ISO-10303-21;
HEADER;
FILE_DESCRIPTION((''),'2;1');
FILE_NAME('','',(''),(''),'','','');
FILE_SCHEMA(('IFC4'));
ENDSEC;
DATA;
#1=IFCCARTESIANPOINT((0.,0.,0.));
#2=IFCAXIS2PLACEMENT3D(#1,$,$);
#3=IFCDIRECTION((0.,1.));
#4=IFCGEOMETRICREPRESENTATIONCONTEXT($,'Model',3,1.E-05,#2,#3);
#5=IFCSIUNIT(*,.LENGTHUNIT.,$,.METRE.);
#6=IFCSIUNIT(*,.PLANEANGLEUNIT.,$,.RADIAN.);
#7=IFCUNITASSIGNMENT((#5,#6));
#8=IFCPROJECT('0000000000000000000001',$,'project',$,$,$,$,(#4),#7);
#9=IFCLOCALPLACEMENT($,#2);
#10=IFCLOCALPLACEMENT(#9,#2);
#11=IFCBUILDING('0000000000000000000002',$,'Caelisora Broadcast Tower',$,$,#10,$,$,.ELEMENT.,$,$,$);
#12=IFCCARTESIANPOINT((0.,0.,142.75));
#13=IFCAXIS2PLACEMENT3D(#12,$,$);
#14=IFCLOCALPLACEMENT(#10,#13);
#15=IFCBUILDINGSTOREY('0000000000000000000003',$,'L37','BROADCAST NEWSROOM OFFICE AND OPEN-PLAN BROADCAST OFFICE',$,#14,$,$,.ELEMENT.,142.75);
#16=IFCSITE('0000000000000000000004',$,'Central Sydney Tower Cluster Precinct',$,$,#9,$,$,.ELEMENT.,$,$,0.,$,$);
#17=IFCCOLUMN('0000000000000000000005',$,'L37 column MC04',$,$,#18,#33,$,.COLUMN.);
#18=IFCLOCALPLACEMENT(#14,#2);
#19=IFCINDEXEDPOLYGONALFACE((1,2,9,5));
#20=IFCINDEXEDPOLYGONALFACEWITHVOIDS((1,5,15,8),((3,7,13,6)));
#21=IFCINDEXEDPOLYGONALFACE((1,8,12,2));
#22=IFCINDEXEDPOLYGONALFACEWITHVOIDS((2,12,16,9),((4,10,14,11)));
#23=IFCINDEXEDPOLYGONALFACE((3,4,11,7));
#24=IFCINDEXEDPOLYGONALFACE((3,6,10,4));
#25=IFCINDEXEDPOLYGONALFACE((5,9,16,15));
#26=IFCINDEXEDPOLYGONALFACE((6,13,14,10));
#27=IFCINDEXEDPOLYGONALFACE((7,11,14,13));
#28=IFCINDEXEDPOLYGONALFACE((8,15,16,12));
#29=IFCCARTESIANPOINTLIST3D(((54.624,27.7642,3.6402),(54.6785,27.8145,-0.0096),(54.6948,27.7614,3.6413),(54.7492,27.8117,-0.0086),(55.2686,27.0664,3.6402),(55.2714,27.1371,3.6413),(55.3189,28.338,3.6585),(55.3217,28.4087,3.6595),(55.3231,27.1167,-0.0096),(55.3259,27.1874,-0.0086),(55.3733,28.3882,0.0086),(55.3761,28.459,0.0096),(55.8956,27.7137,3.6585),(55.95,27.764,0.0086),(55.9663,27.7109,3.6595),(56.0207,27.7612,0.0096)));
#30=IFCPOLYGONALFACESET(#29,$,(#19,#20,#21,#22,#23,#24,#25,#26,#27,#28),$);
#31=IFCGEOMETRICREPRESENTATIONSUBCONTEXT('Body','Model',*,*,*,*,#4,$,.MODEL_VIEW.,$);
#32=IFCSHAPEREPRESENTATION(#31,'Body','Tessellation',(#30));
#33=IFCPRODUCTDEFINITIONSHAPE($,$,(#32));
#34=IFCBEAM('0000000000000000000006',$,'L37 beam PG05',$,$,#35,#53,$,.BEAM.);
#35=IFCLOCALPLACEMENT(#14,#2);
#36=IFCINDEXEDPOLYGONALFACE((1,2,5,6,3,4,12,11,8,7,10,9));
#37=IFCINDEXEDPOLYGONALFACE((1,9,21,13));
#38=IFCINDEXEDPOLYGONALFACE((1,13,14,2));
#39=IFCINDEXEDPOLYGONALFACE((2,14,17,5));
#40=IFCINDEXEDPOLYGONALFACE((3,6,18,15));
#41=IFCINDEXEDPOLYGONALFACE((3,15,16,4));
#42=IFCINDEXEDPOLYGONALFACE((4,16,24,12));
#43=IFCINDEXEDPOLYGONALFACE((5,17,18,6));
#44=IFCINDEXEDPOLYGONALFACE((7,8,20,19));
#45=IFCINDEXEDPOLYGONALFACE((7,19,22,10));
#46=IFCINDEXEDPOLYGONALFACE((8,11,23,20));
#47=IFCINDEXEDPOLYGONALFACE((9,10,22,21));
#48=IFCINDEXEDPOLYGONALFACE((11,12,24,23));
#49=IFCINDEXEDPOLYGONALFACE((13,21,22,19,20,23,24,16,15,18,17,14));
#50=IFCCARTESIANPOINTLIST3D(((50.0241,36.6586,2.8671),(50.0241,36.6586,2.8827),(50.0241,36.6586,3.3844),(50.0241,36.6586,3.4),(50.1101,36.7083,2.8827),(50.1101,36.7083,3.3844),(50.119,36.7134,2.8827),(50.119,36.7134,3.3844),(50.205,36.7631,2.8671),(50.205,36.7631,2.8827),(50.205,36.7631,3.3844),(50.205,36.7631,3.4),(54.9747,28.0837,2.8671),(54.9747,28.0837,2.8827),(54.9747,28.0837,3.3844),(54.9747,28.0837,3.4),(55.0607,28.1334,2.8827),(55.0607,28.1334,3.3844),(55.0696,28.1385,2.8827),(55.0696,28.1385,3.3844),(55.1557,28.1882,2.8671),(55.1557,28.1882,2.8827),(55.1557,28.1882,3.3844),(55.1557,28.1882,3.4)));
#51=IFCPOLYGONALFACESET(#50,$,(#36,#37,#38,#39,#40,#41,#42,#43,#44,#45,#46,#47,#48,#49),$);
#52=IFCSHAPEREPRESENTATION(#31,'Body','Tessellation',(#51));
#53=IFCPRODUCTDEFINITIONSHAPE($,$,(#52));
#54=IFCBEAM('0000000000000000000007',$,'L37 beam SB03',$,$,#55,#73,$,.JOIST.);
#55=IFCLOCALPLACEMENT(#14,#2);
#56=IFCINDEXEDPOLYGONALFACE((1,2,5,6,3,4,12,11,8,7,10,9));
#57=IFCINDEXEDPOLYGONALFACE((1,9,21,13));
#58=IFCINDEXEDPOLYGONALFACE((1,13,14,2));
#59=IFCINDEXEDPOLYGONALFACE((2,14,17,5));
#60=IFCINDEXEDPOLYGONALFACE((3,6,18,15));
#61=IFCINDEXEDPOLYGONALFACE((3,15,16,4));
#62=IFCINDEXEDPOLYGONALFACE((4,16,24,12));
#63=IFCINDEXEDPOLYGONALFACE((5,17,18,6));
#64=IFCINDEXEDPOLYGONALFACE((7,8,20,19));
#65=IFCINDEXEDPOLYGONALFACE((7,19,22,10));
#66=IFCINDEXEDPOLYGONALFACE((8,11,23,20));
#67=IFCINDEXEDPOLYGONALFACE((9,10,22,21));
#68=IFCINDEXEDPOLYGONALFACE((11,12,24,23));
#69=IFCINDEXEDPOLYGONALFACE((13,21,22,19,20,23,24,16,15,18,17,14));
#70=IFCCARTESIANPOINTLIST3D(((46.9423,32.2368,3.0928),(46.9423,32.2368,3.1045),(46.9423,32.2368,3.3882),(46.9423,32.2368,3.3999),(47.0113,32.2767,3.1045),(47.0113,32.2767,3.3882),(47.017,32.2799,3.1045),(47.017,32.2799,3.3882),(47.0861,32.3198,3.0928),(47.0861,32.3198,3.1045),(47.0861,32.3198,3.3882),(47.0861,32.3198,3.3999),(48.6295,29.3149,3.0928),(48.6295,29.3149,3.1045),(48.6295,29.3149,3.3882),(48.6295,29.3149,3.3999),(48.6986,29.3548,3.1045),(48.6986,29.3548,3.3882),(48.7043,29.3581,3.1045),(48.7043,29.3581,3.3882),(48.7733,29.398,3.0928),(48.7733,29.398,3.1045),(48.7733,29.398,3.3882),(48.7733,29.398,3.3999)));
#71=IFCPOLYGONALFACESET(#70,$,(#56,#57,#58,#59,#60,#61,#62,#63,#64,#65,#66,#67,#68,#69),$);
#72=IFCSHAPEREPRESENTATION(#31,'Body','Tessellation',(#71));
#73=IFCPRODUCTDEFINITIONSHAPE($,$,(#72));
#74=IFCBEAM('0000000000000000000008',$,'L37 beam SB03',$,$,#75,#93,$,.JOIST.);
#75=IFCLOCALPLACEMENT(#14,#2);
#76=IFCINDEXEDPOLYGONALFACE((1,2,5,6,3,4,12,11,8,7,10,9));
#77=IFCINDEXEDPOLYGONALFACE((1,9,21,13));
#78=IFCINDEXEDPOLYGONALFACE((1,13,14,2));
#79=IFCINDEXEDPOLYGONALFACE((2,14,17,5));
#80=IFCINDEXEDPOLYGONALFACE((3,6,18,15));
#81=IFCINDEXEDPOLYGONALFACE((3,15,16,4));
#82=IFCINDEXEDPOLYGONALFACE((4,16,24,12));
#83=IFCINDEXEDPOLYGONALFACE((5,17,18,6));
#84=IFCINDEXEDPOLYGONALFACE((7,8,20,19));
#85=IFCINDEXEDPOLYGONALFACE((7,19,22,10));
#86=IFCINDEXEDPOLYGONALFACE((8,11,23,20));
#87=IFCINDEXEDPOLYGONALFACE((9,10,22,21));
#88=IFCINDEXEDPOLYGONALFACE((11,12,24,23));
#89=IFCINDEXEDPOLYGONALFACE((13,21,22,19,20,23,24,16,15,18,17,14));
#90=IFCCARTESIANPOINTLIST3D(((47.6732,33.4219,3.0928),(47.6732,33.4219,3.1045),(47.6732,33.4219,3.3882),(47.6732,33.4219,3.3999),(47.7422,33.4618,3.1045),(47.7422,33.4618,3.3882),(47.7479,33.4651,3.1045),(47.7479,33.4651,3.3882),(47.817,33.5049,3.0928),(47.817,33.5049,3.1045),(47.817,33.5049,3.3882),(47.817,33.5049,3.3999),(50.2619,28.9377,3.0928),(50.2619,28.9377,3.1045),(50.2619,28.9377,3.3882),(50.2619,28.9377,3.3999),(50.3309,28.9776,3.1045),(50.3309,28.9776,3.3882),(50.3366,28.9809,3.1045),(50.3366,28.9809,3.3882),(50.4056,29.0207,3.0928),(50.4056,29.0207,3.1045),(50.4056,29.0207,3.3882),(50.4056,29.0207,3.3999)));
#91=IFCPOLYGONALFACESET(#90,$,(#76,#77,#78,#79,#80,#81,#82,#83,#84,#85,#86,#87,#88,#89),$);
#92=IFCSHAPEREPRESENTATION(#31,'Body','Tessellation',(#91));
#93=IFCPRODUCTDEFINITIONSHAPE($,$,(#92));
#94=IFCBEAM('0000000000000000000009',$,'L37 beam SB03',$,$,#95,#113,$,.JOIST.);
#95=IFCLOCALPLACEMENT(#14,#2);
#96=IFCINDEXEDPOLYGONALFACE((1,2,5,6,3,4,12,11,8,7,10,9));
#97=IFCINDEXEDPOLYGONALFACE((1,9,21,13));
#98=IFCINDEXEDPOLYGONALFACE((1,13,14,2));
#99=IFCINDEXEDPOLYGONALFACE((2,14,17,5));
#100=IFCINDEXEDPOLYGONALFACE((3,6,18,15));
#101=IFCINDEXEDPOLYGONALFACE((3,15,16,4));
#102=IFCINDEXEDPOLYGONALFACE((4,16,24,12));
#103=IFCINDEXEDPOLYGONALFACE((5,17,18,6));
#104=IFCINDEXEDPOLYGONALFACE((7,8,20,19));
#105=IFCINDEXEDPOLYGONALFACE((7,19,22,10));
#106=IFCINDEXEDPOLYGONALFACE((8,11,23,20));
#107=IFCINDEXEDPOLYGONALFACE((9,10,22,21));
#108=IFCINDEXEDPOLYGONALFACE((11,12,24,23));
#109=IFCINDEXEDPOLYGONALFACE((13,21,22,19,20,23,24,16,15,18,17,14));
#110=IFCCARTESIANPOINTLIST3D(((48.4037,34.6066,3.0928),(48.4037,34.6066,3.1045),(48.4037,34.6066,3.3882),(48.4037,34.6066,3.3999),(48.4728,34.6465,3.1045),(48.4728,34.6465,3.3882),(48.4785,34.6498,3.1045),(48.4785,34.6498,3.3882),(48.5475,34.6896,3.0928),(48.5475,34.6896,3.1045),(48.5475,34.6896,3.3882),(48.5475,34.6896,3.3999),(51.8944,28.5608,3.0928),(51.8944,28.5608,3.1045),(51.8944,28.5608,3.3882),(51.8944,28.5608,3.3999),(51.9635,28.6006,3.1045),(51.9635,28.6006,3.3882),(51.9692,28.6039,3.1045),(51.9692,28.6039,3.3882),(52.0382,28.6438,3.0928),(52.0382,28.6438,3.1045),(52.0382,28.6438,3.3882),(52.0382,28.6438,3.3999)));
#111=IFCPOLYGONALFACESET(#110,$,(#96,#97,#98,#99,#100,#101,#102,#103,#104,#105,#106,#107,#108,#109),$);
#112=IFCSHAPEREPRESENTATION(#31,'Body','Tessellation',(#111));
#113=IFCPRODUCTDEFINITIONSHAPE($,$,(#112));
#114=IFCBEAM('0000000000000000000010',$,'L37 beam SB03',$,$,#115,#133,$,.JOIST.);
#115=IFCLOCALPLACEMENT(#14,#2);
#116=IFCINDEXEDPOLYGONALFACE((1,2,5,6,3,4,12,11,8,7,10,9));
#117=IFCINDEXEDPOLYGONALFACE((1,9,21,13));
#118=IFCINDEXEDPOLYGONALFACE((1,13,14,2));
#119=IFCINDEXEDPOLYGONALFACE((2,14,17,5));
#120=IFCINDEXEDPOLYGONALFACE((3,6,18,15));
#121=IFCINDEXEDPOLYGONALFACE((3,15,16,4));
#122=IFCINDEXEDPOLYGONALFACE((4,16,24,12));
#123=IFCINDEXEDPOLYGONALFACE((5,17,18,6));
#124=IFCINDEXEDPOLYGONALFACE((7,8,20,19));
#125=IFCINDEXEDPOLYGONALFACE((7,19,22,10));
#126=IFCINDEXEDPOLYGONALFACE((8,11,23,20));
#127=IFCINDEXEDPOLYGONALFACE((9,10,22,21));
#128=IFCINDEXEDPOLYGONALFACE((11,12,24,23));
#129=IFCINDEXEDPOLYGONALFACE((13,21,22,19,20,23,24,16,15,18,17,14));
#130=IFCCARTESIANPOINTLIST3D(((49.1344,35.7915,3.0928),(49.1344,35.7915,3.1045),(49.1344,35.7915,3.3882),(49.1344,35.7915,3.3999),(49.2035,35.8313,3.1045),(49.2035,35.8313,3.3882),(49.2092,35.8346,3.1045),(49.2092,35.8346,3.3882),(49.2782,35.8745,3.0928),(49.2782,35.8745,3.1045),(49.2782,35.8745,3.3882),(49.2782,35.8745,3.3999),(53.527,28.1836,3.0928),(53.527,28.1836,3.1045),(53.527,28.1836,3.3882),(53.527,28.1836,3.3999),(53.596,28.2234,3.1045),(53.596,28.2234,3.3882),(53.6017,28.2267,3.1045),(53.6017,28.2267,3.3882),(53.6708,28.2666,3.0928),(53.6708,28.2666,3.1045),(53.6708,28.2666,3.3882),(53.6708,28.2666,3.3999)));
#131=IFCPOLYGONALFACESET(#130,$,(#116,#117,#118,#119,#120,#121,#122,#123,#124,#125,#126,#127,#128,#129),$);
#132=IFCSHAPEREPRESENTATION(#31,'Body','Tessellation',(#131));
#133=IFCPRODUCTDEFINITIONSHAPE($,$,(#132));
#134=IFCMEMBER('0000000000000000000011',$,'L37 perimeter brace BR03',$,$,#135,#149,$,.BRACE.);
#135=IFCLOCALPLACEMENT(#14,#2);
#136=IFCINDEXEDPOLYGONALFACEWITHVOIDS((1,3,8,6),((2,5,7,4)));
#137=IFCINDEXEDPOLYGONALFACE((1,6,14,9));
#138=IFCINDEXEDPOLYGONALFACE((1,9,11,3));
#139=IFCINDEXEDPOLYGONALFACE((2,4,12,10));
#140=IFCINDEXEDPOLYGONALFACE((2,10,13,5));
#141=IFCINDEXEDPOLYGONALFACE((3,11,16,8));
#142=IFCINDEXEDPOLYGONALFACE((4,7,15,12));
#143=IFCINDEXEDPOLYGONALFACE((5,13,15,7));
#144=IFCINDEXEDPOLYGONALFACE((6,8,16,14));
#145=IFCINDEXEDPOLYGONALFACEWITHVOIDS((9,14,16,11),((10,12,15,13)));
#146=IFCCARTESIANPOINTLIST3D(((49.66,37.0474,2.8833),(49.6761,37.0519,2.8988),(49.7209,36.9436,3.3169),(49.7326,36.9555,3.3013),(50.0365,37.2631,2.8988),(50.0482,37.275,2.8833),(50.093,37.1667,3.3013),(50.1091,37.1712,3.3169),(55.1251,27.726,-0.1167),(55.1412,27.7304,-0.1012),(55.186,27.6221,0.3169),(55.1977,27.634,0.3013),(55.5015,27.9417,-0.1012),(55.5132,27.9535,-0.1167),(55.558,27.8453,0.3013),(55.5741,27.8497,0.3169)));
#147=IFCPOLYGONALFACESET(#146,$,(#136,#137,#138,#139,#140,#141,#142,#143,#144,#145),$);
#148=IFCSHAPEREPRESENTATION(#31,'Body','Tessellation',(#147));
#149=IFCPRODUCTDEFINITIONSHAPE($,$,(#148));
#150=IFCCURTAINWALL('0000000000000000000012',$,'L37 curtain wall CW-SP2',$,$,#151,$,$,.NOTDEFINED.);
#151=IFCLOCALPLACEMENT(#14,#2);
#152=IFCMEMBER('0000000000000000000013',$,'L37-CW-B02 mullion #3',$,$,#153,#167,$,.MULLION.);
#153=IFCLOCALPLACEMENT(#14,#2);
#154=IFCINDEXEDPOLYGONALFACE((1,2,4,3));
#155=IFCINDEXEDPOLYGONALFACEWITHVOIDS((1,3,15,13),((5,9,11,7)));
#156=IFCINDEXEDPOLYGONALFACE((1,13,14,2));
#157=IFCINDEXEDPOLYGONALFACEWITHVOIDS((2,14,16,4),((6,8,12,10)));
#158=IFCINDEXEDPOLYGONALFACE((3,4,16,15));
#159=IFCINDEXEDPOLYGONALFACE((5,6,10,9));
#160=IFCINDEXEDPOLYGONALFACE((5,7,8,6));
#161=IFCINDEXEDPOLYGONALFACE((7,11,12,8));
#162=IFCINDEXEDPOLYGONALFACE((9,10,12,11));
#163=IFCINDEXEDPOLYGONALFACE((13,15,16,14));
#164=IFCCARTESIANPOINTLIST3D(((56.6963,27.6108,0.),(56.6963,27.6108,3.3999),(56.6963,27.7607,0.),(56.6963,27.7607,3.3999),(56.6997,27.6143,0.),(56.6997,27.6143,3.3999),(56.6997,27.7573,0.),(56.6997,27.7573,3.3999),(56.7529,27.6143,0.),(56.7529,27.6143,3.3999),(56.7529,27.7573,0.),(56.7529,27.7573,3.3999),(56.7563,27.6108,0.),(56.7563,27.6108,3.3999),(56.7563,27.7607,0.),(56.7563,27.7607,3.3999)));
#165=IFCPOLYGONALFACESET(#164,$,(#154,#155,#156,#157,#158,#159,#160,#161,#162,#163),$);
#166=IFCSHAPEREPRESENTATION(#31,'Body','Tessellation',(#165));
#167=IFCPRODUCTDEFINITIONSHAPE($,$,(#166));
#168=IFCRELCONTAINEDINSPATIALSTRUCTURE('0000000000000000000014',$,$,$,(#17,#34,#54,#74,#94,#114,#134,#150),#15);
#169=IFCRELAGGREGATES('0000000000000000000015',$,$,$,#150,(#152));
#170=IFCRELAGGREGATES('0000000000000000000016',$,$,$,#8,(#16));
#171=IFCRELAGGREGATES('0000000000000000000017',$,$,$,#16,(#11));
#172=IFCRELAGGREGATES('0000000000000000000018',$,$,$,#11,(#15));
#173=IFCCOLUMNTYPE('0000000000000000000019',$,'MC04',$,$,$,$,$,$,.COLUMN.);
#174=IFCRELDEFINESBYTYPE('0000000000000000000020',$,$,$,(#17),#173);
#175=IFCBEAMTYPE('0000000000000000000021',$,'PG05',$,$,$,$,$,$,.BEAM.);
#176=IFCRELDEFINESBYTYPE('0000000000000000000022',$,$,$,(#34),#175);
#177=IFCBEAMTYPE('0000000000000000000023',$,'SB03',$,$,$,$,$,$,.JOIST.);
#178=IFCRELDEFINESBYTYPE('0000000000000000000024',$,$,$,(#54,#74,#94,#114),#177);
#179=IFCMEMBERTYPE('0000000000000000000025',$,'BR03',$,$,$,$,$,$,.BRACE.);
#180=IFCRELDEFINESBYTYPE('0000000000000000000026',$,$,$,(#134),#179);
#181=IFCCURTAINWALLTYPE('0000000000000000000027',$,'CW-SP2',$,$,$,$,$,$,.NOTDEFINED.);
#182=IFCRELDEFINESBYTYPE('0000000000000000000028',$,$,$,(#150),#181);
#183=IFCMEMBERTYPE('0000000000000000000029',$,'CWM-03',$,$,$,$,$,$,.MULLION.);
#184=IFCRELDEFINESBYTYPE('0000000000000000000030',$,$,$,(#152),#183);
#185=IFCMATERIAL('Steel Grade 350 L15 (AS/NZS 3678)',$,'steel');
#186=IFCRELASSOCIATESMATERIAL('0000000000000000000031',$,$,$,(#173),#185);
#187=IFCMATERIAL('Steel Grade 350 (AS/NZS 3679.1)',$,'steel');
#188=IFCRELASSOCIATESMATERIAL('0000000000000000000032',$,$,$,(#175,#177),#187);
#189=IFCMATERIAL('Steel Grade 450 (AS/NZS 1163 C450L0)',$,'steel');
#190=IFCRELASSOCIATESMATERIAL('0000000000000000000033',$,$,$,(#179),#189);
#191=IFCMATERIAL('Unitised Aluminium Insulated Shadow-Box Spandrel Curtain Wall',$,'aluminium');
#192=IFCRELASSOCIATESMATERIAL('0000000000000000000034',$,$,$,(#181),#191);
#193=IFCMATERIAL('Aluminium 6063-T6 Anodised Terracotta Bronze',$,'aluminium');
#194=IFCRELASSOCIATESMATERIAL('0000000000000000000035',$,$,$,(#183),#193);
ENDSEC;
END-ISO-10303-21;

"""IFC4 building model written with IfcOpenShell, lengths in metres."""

from ifc_helpers import new_model, si_unit, direction, frame, origin, origin_2d, place, context, subcontext, project, spatial, hollow_rectangle, i_section, extrude, source, transform, mapped, material, material_profile, profile_set, type_object, type_shapes, element, aggregate, save


model = new_model("IFC4")

# Units and contexts
model_context = context("Model", 3, precision=1e-05, world=origin(), true_north=direction((0.0, 1.0)))
body_context = subcontext(model_context, "Body", "Model", "MODEL_VIEW")
ifc_project = project(units=[si_unit("LENGTHUNIT", "METRE"), si_unit("PLANEANGLEUNIT", "RADIAN")], contexts=[model_context])

# Site, building, storey
site_placement = place(None, origin())
site = spatial("IfcSite", under=ifc_project, at=site_placement, Name="Central Sydney Tower Cluster Precinct", CompositionType="ELEMENT", RefElevation=0.0)
building_placement = place(site_placement, origin())
building = spatial("IfcBuilding", under=site, at=building_placement, Name="Caelisora Broadcast Tower", CompositionType="ELEMENT")
storey_placement = place(building_placement, frame((0.0, 0.0, 142.75)))
storey = spatial("IfcBuildingStorey", under=building, at=storey_placement, Name="L37", Description="BROADCAST NEWSROOM OFFICE AND OPEN-PLAN BROADCAST OFFICE", CompositionType="ELEMENT", Elevation=142.75)

# Column
ifc_material_1 = material(Name="Steel Grade 350 L15 (AS/NZS 3678)", Category="steel")
ifc_material_profile_1 = material_profile(ifc_material_1, hollow_rectangle(XDim=0.95, YDim=0.95, WallThickness=0.05, at=origin_2d()), Name="Steel Grade 350 L15 (AS/NZS 3678)")
ifc_profile_set_1 = profile_set([ifc_material_profile_1], Name="Steel Grade 350 L15 (AS/NZS 3678)")
column_type = type_object("IfcColumnType", Name="MC04", PredefinedType="COLUMN", material=ifc_profile_set_1)
shared_shape_1 = source(origin(), body_context, "Body", "SweptSolid", [
    extrude(hollow_rectangle(XDim=0.95, YDim=0.95, WallThickness=0.05, at=origin_2d()), origin(), (0.0, 0.0, 1.0), 3.6506),
])
type_shapes(column_type, [shared_shape_1])
column_placement = place(storey_placement, frame((55.3496, 27.7878, 0.0), z_axis=(-0.014913, -0.013776, 0.999794), x_axis=(0.678554, -0.734551, 0.0)))
element("IfcColumn", 1, at=column_placement, inside=storey, type_object=column_type, Name="L37 column MC04", PredefinedType="COLUMN", context=body_context, shape_type="MappedRepresentation", body=[
    mapped(shared_shape_1, transform((0.0, 0.0, 0.0), scale=1.0)),
])

# Beams
ifc_material_2 = material(Name="Steel Grade 350 (AS/NZS 3679.1)", Category="steel")
ifc_material_profile_2 = material_profile(ifc_material_2, i_section(OverallWidth=0.209, OverallDepth=0.533, WebThickness=0.0103, FlangeThickness=0.0156, at=origin_2d()), Name="Steel Grade 350 (AS/NZS 3679.1)")
ifc_profile_set_2 = profile_set([ifc_material_profile_2], Name="Steel Grade 350 (AS/NZS 3679.1)")
beam_type_1 = type_object("IfcBeamType", Name="PG05", PredefinedType="BEAM", material=ifc_profile_set_2)
shared_shape_2 = source(origin(), body_context, "Body", "SweptSolid", [
    extrude(i_section(OverallWidth=0.209, OverallDepth=0.533, WebThickness=0.0103, FlangeThickness=0.0156, at=origin_2d()), origin(), (0.0, 0.0, 1.0), 9.9014),
])
type_shapes(beam_type_1, [shared_shape_2])
beam_1_placement = place(storey_placement, frame((55.0652, 28.136, 3.1335), z_axis=(-0.499995, 0.866028, 0.0), x_axis=(-0.866028, -0.499995, 0.0)))
element("IfcBeam", 2, at=beam_1_placement, inside=storey, type_object=beam_type_1, Name="L37 beam PG05", PredefinedType="BEAM", context=body_context, shape_type="MappedRepresentation", body=[
    mapped(shared_shape_2, transform((0.0, 0.0, 0.0), scale=1.0)),
])
ifc_material_profile_3 = material_profile(ifc_material_2, i_section(OverallWidth=0.166, OverallDepth=0.3071, WebThickness=0.0066, FlangeThickness=0.0117, at=origin_2d()), Name="Steel Grade 350 (AS/NZS 3679.1)")
ifc_profile_set_3 = profile_set([ifc_material_profile_3], Name="Steel Grade 350 (AS/NZS 3679.1)")
beam_type_2 = type_object("IfcBeamType", Name="SB03", PredefinedType="JOIST", material=ifc_profile_set_3)
shared_shape_3 = source(origin(), body_context, "Body", "SweptSolid", [
    extrude(i_section(OverallWidth=0.166, OverallDepth=0.3071, WebThickness=0.0066, FlangeThickness=0.0117, at=origin_2d()), origin(), (0.0, 0.0, 1.0), 3.374),
])
beam_2_placement = place(storey_placement, frame((48.7014, 29.3564, 3.2463), z_axis=(-0.500069, 0.865986, 0.0), x_axis=(-0.865986, -0.500069, 0.0)))
element("IfcBeam", 3, at=beam_2_placement, inside=storey, type_object=beam_type_2, Name="L37 beam SB03", PredefinedType="JOIST", context=body_context, shape_type="MappedRepresentation", body=[
    mapped(shared_shape_3, transform((0.0, 0.0, 0.0), scale=1.0)),
])
shared_shape_4 = source(origin(), body_context, "Body", "SweptSolid", [
    extrude(i_section(OverallWidth=0.166, OverallDepth=0.3071, WebThickness=0.0066, FlangeThickness=0.0117, at=origin_2d()), origin(), (0.0, 0.0, 1.0), 5.1777),
])
beam_3_placement = place(storey_placement, frame((50.3337, 28.9792, 3.2463), z_axis=(-0.499958, 0.86605, 0.0), x_axis=(-0.86605, -0.499958, 0.0)))
element("IfcBeam", 4, at=beam_3_placement, inside=storey, type_object=beam_type_2, Name="L37 beam SB03", PredefinedType="JOIST", context=body_context, shape_type="MappedRepresentation", body=[
    mapped(shared_shape_4, transform((0.0, 0.0, 0.0), scale=1.0)),
])
shared_shape_5 = source(origin(), body_context, "Body", "SweptSolid", [
    extrude(i_section(OverallWidth=0.166, OverallDepth=0.3071, WebThickness=0.0066, FlangeThickness=0.0117, at=origin_2d()), origin(), (0.0, 0.0, 1.0), 6.9812),
])
beam_4_placement = place(storey_placement, frame((51.9663, 28.6023, 3.2463), z_axis=(-0.500013, 0.866018, 0.0), x_axis=(-0.866018, -0.500013, 0.0)))
element("IfcBeam", 5, at=beam_4_placement, inside=storey, type_object=beam_type_2, Name="L37 beam SB03", PredefinedType="JOIST", context=body_context, shape_type="MappedRepresentation", body=[
    mapped(shared_shape_5, transform((0.0, 0.0, 0.0), scale=1.0)),
])
shared_shape_6 = source(origin(), body_context, "Body", "SweptSolid", [
    extrude(i_section(OverallWidth=0.166, OverallDepth=0.3071, WebThickness=0.0066, FlangeThickness=0.0117, at=origin_2d()), origin(), (0.0, 0.0, 1.0), 8.7849),
])
type_shapes(beam_type_2, [shared_shape_3, shared_shape_4, shared_shape_5, shared_shape_6])
beam_5_placement = place(storey_placement, frame((53.5989, 28.2251, 3.2463), z_axis=(-0.500013, 0.866018, 0.0), x_axis=(-0.866018, -0.500013, 0.0)))
element("IfcBeam", 6, at=beam_5_placement, inside=storey, type_object=beam_type_2, Name="L37 beam SB03", PredefinedType="JOIST", context=body_context, shape_type="MappedRepresentation", body=[
    mapped(shared_shape_6, transform((0.0, 0.0, 0.0), scale=1.0)),
])

# Member
ifc_material_3 = material(Name="Steel Grade 450 (AS/NZS 1163 C450L0)", Category="steel")
ifc_material_profile_4 = material_profile(ifc_material_3, hollow_rectangle(XDim=0.45, YDim=0.45, WallThickness=0.0161, at=origin_2d()), Name="Steel Grade 450 (AS/NZS 1163 C450L0)")
ifc_profile_set_4 = profile_set([ifc_material_profile_4], Name="Steel Grade 450 (AS/NZS 1163 C450L0)")
member_type_1 = type_object("IfcMemberType", Name="BR03", PredefinedType="BRACE", material=ifc_profile_set_4)
shared_shape_7 = source(origin(), body_context, "Body", "SweptSolid", [
    extrude(hollow_rectangle(XDim=0.45, YDim=0.45, WallThickness=0.0161, at=origin_2d()), origin(), (0.0, 0.0, 1.0), 11.2141),
])
type_shapes(member_type_1, [shared_shape_7])
member_1_placement = place(storey_placement, frame((55.3496, 27.7878, 0.1001), z_axis=(-0.487337, 0.831226, 0.267518), x_axis=(-0.862668, -0.505771, 0.0)))
element("IfcMember", 7, at=member_1_placement, inside=storey, type_object=member_type_1, Name="L37 perimeter brace BR03", PredefinedType="BRACE", context=body_context, shape_type="MappedRepresentation", body=[
    mapped(shared_shape_7, transform((0.0, 0.0, 0.0), scale=1.0)),
])

# Curtain wall, member
ifc_material_4 = material(Name="Unitised Aluminium Insulated Shadow-Box Spandrel Curtain Wall", Category="aluminium")
curtain_wall_type_1 = type_object("IfcCurtainWallType", Name="CW-SP2", PredefinedType="NOTDEFINED", material=ifc_material_4)
curtain_wall_1_placement = place(storey_placement, origin())
curtain_wall_1 = element("IfcCurtainWall", 8, at=curtain_wall_1_placement, inside=storey, type_object=curtain_wall_type_1, Name="L37 curtain wall CW-SP2", PredefinedType="NOTDEFINED")
ifc_material_5 = material(Name="Aluminium 6063-T6 Anodised Terracotta Bronze", Category="aluminium")
ifc_material_profile_5 = material_profile(ifc_material_5, hollow_rectangle(XDim=0.0601, YDim=0.1499, WallThickness=0.0034, at=origin_2d()), Name="Aluminium 6063-T6 Anodised Terracotta Bronze")
ifc_profile_set_5 = profile_set([ifc_material_profile_5], Name="Aluminium 6063-T6 Anodised Terracotta Bronze")
member_type_2 = type_object("IfcMemberType", Name="CWM-03", PredefinedType="MULLION", material=ifc_profile_set_5)
shared_shape_8 = source(origin(), body_context, "Body", "SweptSolid", [
    extrude(hollow_rectangle(XDim=0.0601, YDim=0.1499, WallThickness=0.0034, at=origin_2d()), origin(), (0.0, 0.0, 1.0), 3.3999),
])
type_shapes(member_type_2, [shared_shape_8])
member_2_placement = place(storey_placement, frame((56.7263, 27.6858, 0.0), z_axis=(0.0, 0.0, 1.0), x_axis=(1.0, 0.0, 0.0)))
member_2 = element("IfcMember", 9, at=member_2_placement, type_object=member_type_2, Name="L37-CW-B02 mullion #3", PredefinedType="MULLION", context=body_context, shape_type="MappedRepresentation", body=[
    mapped(shared_shape_8, transform((0.0, 0.0, 0.0), scale=1.0)),
])

aggregate(curtain_wall_1, [member_2])

save(model, "model.ifc")
